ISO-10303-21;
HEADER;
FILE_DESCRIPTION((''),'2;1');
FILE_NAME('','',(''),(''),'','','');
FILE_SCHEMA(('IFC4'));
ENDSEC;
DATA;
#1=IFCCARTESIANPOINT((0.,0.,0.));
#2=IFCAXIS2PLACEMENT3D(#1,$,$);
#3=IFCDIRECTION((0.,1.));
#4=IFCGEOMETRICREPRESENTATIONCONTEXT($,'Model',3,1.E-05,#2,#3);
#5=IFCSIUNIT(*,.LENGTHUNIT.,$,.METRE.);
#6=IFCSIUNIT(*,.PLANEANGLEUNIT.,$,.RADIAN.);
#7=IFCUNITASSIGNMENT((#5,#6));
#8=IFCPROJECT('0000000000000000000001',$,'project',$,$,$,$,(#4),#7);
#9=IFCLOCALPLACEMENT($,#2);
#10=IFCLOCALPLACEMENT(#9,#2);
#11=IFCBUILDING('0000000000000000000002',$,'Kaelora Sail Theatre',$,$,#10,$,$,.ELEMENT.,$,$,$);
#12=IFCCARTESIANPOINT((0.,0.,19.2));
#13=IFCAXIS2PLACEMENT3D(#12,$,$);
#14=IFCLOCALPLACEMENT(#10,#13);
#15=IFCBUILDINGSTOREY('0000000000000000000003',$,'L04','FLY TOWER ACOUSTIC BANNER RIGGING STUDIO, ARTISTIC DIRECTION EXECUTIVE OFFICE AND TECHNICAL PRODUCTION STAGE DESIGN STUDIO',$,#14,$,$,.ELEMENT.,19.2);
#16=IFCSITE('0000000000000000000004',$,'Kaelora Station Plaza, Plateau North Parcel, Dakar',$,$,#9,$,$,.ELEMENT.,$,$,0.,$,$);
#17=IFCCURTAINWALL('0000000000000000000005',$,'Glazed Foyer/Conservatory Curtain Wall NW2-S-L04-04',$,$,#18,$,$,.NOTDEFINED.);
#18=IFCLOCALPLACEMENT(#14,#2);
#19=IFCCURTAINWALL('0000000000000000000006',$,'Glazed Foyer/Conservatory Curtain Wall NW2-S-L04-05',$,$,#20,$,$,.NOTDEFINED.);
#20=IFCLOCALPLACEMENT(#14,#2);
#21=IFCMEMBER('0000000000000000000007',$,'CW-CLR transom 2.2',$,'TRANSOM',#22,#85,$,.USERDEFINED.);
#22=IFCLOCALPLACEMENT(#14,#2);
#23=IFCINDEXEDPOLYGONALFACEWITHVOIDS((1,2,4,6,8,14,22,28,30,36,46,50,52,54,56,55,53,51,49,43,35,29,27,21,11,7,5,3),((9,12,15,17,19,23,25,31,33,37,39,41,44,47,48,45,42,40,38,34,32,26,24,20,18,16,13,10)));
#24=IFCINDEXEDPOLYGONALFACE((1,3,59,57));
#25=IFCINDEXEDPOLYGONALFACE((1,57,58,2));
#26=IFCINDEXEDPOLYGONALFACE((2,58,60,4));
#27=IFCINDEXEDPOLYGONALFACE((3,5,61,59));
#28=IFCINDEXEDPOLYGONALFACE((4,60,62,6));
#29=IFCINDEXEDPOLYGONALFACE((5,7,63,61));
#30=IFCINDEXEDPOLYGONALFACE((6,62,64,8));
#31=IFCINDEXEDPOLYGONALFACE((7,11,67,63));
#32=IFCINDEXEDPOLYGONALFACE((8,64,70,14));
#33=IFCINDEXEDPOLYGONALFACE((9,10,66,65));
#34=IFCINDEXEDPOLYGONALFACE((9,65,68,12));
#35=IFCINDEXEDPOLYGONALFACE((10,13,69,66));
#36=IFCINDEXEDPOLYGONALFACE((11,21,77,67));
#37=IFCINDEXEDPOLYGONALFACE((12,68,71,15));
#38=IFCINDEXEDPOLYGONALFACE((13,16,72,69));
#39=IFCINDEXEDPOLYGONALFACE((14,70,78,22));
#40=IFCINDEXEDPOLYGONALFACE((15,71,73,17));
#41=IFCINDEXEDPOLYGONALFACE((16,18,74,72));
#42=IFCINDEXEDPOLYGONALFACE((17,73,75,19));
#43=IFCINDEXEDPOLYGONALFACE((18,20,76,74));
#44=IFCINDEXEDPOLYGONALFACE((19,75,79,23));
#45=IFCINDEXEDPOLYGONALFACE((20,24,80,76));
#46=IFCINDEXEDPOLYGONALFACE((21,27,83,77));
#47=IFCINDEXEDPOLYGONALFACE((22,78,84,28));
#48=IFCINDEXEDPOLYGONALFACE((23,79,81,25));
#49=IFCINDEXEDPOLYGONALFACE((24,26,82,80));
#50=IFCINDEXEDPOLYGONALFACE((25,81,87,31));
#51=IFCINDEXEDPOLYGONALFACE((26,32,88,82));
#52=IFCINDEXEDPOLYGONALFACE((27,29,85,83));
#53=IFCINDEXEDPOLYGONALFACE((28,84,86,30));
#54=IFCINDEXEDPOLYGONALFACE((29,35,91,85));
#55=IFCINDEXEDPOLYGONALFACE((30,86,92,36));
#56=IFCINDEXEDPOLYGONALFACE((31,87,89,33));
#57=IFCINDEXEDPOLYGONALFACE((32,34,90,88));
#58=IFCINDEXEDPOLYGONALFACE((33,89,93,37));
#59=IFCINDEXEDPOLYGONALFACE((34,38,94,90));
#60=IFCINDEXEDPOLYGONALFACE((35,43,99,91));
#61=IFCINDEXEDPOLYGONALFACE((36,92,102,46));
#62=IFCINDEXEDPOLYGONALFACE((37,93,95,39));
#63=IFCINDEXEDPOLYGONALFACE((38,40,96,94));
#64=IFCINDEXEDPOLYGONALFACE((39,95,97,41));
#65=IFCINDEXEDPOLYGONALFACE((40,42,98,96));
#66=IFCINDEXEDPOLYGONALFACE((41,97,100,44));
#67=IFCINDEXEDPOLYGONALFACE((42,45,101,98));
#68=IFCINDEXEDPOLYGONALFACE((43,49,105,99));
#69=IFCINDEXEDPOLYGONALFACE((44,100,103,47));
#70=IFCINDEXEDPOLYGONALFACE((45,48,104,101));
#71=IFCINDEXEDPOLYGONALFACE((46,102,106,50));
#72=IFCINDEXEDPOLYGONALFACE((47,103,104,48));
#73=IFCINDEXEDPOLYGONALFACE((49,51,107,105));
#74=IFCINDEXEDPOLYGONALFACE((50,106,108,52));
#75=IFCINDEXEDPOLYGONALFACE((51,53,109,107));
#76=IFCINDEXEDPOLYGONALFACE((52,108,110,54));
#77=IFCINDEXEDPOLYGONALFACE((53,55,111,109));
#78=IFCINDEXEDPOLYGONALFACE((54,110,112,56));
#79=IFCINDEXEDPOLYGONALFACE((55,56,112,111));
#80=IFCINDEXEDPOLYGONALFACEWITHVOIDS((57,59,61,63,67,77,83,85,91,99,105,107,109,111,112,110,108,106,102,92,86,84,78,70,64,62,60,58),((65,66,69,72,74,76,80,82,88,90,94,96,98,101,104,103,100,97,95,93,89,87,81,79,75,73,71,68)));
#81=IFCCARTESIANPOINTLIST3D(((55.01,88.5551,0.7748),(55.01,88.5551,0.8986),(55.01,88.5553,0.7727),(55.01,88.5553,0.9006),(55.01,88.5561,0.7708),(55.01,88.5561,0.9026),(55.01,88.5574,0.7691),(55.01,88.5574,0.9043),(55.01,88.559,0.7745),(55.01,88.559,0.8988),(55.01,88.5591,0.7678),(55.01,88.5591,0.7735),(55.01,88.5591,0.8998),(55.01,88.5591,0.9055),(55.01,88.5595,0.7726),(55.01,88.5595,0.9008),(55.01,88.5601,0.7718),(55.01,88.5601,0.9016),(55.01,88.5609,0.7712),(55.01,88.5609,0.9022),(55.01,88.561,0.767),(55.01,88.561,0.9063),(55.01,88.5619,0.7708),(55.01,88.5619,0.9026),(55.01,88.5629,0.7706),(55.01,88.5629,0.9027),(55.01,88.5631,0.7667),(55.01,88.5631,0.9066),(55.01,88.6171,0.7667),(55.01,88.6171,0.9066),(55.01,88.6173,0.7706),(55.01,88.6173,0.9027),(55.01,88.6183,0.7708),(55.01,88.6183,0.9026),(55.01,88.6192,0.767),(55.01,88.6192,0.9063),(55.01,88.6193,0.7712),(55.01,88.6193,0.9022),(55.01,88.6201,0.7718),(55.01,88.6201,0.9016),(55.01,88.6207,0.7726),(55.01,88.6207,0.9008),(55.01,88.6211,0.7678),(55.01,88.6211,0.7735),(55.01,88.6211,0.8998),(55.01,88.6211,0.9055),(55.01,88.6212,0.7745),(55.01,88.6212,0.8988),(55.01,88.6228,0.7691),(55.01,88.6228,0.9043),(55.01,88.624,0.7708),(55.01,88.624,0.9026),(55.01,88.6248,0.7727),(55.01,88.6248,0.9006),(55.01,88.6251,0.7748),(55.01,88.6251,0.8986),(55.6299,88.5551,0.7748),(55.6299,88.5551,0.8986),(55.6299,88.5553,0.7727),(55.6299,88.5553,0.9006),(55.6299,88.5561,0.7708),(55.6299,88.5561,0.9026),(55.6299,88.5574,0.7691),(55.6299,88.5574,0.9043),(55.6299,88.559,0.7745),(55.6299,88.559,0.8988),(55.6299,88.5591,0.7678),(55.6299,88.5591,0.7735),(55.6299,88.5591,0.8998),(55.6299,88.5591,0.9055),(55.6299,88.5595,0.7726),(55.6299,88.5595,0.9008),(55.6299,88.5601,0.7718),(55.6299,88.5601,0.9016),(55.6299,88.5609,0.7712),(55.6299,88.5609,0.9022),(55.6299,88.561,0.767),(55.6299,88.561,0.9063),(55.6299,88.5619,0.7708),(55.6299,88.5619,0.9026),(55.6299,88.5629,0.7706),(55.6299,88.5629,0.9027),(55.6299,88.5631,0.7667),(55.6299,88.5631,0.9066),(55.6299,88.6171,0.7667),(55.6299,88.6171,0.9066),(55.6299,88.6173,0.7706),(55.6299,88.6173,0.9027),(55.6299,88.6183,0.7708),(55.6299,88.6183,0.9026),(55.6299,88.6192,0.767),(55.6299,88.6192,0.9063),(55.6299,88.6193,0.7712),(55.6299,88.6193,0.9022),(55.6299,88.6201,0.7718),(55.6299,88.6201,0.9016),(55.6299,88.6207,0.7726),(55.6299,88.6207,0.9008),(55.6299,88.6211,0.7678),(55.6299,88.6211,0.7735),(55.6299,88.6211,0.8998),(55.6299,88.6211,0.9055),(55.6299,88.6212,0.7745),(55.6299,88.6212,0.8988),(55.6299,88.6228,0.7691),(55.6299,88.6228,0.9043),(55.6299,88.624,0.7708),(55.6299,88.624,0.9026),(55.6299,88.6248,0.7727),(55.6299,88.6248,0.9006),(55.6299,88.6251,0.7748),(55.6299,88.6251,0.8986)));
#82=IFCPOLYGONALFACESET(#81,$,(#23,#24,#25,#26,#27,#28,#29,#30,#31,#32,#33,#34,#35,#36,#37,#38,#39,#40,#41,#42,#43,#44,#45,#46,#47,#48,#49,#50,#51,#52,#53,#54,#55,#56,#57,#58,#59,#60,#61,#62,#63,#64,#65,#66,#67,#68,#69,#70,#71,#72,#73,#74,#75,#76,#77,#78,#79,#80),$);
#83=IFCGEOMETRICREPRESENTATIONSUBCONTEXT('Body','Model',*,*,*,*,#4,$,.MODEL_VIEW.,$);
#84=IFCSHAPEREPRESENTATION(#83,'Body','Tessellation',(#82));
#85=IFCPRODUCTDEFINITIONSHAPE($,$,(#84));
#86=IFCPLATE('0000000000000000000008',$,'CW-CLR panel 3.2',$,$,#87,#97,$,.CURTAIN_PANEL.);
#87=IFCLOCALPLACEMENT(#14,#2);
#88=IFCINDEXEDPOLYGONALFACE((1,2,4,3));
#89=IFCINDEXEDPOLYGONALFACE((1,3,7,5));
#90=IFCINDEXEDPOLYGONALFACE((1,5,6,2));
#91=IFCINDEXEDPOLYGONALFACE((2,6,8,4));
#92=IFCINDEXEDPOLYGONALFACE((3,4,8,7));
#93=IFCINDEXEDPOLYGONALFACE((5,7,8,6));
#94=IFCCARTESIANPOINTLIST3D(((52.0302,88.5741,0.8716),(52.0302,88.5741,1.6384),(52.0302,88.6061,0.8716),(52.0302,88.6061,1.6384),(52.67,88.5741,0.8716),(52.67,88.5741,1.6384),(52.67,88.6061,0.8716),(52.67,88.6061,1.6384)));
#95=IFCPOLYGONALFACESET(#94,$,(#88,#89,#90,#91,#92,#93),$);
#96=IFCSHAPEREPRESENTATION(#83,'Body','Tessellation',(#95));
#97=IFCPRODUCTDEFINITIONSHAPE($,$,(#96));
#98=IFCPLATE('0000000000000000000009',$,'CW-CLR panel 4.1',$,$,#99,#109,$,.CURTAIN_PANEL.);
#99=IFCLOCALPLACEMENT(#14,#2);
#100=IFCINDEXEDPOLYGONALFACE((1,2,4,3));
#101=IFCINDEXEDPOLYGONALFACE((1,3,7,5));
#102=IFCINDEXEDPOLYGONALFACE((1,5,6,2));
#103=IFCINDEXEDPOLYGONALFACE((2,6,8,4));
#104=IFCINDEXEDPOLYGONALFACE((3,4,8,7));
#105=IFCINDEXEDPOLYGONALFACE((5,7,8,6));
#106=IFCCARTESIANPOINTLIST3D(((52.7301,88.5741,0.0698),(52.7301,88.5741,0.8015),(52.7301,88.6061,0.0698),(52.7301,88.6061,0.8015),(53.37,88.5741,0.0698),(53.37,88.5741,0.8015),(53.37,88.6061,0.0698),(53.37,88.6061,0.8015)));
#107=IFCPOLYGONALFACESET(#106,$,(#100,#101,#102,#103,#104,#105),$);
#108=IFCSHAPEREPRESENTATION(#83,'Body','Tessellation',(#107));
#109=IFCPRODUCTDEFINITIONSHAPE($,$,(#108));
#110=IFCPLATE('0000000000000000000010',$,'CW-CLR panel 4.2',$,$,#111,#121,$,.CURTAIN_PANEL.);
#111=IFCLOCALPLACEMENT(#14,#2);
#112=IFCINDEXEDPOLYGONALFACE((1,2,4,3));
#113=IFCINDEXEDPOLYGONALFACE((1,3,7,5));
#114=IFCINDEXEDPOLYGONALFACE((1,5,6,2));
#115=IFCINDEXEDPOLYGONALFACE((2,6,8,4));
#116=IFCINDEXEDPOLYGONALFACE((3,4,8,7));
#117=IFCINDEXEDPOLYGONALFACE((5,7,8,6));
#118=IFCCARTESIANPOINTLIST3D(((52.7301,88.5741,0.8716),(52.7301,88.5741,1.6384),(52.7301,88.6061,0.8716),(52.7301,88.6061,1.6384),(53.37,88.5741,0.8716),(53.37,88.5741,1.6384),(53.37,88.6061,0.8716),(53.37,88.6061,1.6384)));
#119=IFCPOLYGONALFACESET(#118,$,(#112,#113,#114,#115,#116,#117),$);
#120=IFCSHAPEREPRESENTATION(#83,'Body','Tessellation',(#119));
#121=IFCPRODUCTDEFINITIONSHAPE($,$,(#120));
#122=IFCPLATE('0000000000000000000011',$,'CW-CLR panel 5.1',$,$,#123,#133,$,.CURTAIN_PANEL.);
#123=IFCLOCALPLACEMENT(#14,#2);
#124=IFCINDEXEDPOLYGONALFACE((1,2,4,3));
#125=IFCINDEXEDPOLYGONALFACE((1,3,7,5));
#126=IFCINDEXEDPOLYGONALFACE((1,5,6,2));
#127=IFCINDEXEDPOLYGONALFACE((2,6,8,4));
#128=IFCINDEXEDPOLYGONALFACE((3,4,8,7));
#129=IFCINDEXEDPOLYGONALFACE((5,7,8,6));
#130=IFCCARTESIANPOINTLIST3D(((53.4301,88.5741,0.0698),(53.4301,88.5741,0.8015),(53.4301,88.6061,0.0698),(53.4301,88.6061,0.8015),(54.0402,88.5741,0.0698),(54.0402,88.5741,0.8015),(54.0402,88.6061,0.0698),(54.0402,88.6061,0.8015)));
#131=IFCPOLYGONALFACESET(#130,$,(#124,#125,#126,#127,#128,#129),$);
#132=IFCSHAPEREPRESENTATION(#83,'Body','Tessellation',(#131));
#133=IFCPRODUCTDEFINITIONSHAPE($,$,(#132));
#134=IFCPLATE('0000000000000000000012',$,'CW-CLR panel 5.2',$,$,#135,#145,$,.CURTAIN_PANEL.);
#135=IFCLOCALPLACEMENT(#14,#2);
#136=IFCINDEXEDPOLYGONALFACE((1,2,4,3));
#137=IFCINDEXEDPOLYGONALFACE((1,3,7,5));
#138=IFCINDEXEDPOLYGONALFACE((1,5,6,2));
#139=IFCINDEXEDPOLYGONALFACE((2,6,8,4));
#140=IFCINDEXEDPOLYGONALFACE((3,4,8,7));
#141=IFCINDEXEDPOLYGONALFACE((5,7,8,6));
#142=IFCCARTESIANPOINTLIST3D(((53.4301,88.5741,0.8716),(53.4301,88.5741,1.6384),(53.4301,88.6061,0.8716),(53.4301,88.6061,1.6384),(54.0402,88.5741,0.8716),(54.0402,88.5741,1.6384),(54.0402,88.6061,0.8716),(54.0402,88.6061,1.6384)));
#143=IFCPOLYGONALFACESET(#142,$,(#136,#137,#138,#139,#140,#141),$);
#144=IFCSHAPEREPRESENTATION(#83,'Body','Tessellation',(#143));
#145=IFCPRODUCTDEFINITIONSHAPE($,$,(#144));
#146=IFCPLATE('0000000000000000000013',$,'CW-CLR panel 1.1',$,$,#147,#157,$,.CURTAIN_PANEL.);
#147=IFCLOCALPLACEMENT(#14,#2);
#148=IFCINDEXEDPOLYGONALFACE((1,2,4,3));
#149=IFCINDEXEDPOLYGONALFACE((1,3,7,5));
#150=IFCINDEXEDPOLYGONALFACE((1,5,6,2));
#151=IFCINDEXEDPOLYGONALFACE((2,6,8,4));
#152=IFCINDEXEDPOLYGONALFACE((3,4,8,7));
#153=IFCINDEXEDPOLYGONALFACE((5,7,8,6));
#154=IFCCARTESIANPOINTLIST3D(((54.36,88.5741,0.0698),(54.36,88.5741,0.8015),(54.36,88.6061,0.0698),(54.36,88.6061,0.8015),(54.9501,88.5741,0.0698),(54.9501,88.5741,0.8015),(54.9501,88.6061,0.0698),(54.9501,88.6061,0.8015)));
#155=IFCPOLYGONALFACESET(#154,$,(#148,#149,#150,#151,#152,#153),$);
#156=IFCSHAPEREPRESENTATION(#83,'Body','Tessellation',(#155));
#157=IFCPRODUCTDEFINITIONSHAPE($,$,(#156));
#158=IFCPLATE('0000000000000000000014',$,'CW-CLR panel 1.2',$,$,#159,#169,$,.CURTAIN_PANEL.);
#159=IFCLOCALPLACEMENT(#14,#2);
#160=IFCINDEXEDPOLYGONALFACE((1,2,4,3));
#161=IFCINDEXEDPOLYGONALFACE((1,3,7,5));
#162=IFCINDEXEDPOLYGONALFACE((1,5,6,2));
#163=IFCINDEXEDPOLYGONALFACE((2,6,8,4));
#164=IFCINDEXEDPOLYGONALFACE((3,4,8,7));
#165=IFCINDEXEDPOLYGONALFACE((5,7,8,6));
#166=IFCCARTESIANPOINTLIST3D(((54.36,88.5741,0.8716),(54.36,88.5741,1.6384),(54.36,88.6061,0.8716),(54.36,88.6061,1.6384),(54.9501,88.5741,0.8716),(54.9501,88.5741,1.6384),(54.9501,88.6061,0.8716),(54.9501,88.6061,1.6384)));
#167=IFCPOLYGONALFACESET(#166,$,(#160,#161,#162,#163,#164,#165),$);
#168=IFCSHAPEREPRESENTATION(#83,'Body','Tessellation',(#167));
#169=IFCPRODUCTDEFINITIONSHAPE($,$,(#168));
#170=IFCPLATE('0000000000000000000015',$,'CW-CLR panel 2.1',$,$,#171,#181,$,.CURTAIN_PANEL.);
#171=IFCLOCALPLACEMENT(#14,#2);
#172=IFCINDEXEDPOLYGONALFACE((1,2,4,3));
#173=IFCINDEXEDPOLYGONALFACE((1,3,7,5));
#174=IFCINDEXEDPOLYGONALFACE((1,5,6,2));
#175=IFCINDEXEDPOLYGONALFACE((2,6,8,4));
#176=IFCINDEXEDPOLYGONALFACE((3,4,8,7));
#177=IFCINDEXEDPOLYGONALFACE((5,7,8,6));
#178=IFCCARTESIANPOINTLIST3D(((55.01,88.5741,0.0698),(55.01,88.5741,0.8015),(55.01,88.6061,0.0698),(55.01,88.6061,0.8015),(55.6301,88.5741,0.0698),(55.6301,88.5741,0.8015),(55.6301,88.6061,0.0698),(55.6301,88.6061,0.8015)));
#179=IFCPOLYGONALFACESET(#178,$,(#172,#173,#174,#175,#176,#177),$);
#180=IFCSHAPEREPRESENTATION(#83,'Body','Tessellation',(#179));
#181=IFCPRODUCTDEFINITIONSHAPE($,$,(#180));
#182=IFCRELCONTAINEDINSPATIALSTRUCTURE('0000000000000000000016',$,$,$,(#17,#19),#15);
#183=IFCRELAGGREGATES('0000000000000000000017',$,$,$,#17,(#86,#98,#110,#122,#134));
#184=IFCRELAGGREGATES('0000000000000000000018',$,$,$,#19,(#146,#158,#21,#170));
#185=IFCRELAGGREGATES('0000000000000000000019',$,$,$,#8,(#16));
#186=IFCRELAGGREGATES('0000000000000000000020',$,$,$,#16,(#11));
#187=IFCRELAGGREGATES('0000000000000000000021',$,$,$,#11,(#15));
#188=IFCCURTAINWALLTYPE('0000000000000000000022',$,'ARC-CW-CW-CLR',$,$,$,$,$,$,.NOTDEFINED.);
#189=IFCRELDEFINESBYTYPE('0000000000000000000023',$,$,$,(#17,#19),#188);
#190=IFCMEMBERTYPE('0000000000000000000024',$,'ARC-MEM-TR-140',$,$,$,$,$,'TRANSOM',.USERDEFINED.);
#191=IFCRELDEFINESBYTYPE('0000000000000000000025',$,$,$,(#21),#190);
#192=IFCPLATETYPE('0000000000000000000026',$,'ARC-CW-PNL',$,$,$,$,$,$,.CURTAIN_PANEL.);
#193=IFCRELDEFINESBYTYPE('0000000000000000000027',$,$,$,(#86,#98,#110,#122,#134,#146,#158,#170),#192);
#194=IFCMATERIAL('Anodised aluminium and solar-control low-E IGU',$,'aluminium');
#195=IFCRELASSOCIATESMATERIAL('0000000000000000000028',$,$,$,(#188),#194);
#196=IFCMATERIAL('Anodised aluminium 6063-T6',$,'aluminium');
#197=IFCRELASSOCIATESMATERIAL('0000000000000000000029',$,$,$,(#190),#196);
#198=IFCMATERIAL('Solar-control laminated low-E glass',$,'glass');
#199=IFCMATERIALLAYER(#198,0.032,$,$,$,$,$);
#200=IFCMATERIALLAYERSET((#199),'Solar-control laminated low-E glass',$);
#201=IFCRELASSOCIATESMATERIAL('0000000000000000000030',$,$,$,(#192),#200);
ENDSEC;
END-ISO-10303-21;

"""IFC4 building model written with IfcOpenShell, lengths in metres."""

from ifc_helpers import new_model, si_unit, direction, frame, origin, origin_2d, place, context, subcontext, project, spatial, rectangle, hollow_rectangle, extrude, material, layer, layer_set, material_profile, profile_set, type_object, element, aggregate, save


model = new_model("IFC4")

# Units and contexts
model_context = context("Model", 3, precision=1e-05, world=origin(), true_north=direction((0.0, 1.0)))
body_context = subcontext(model_context, "Body", "Model", "MODEL_VIEW")
ifc_project = project(units=[si_unit("LENGTHUNIT", "METRE"), si_unit("PLANEANGLEUNIT", "RADIAN")], contexts=[model_context])

# Site, building, storey
site_placement = place(None, origin())
site = spatial("IfcSite", under=ifc_project, at=site_placement, Name="Kaelora Station Plaza, Plateau North Parcel, Dakar", CompositionType="ELEMENT", RefElevation=0.0)
building_placement = place(site_placement, origin())
building = spatial("IfcBuilding", under=site, at=building_placement, Name="Kaelora Sail Theatre", CompositionType="ELEMENT")
storey_placement = place(building_placement, frame((0.0, 0.0, 19.2)))
storey = spatial("IfcBuildingStorey", under=building, at=storey_placement, Name="L04", Description="FLY TOWER ACOUSTIC BANNER RIGGING STUDIO, ARTISTIC DIRECTION EXECUTIVE OFFICE AND TECHNICAL PRODUCTION STAGE DESIGN STUDIO", CompositionType="ELEMENT", Elevation=19.2)

# Curtain walls
ifc_material_1 = material(Name="Anodised aluminium and solar-control low-E IGU", Category="aluminium")
curtain_wall_type = type_object("IfcCurtainWallType", Name="ARC-CW-CW-CLR", PredefinedType="NOTDEFINED", material=ifc_material_1)
curtain_wall_1_placement = place(storey_placement, origin())
curtain_wall_1 = element("IfcCurtainWall", 1, at=curtain_wall_1_placement, inside=storey, type_object=curtain_wall_type, Name="Glazed Foyer/Conservatory Curtain Wall NW2-S-L04-04", PredefinedType="NOTDEFINED")
curtain_wall_2_placement = place(storey_placement, origin())
curtain_wall_2 = element("IfcCurtainWall", 2, at=curtain_wall_2_placement, inside=storey, type_object=curtain_wall_type, Name="Glazed Foyer/Conservatory Curtain Wall NW2-S-L04-05", PredefinedType="NOTDEFINED")

# Member
ifc_material_2 = material(Name="Anodised aluminium 6063-T6", Category="aluminium")
ifc_material_profile_1 = material_profile(ifc_material_2, hollow_rectangle(XDim=0.0701, YDim=0.1399, WallThickness=0.0039, InnerFilletRadius=0.0039, OuterFilletRadius=0.0081, at=origin_2d()), Name="ALU-TRAN 70x140x4")
ifc_profile_set_1 = profile_set([ifc_material_profile_1], Name="Anodised aluminium 6063-T6")
member_type_1 = type_object("IfcMemberType", Name="ARC-MEM-TR-140", ElementType="TRANSOM", PredefinedType="USERDEFINED", material=ifc_profile_set_1)
member_1_placement = place(storey_placement, frame((55.01, 88.5901, 0.8367), z_axis=(1.0, 0.0, 0.0), x_axis=(0.0, 1.0, 0.0)))
member_1 = element("IfcMember", 3, at=member_1_placement, type_object=member_type_1, Name="CW-CLR transom 2.2", ObjectType="TRANSOM", PredefinedType="USERDEFINED", context=body_context, shape_type="SweptSolid", body=[
    extrude(hollow_rectangle(XDim=0.0701, YDim=0.1399, WallThickness=0.0039, InnerFilletRadius=0.0039, OuterFilletRadius=0.0081, at=origin_2d()), origin(), (0.0, 0.0, 1.0), 0.6199),
])

# Plates
ifc_material_3 = material(Name="Solar-control laminated low-E glass", Category="glass")
ifc_layer = layer(ifc_material_3, 0.032)
ifc_layer_set = layer_set([ifc_layer], Name="Solar-control laminated low-E glass")
plate_type = type_object("IfcPlateType", Name="ARC-CW-PNL", PredefinedType="CURTAIN_PANEL", material=ifc_layer_set)
plate_1_placement = place(storey_placement, frame((52.3501, 88.5901, 0.8716), z_axis=(0.0, 0.0, 1.0), x_axis=(1.0, 0.0, 0.0)))
plate_1 = element("IfcPlate", 4, at=plate_1_placement, type_object=plate_type, Name="CW-CLR panel 3.2", PredefinedType="CURTAIN_PANEL", context=body_context, shape_type="SweptSolid", body=[
    extrude(rectangle(XDim=0.6399, YDim=0.032, at=origin_2d()), origin(), (0.0, 0.0, 1.0), 0.7668),
])
plate_2_placement = place(storey_placement, frame((53.05, 88.5901, 0.0698), z_axis=(0.0, 0.0, 1.0), x_axis=(1.0, 0.0, 0.0)))
plate_2 = element("IfcPlate", 5, at=plate_2_placement, type_object=plate_type, Name="CW-CLR panel 4.1", PredefinedType="CURTAIN_PANEL", context=body_context, shape_type="SweptSolid", body=[
    extrude(rectangle(XDim=0.6399, YDim=0.032, at=origin_2d()), origin(), (0.0, 0.0, 1.0), 0.7317),
])
plate_3_placement = place(storey_placement, frame((53.05, 88.5901, 0.8716), z_axis=(0.0, 0.0, 1.0), x_axis=(1.0, 0.0, 0.0)))
plate_3 = element("IfcPlate", 6, at=plate_3_placement, type_object=plate_type, Name="CW-CLR panel 4.2", PredefinedType="CURTAIN_PANEL", context=body_context, shape_type="SweptSolid", body=[
    extrude(rectangle(XDim=0.6399, YDim=0.032, at=origin_2d()), origin(), (0.0, 0.0, 1.0), 0.7668),
])
plate_4_placement = place(storey_placement, frame((53.7351, 88.5901, 0.0698), z_axis=(0.0, 0.0, 1.0), x_axis=(1.0, 0.0, 0.0)))
plate_4 = element("IfcPlate", 7, at=plate_4_placement, type_object=plate_type, Name="CW-CLR panel 5.1", PredefinedType="CURTAIN_PANEL", context=body_context, shape_type="SweptSolid", body=[
    extrude(rectangle(XDim=0.6101, YDim=0.032, at=origin_2d()), origin(), (0.0, 0.0, 1.0), 0.7317),
])
plate_5_placement = place(storey_placement, frame((53.7351, 88.5901, 0.8716), z_axis=(0.0, 0.0, 1.0), x_axis=(1.0, 0.0, 0.0)))
plate_5 = element("IfcPlate", 8, at=plate_5_placement, type_object=plate_type, Name="CW-CLR panel 5.2", PredefinedType="CURTAIN_PANEL", context=body_context, shape_type="SweptSolid", body=[
    extrude(rectangle(XDim=0.6101, YDim=0.032, at=origin_2d()), origin(), (0.0, 0.0, 1.0), 0.7668),
])
aggregate(curtain_wall_1, [plate_1, plate_2, plate_3, plate_4, plate_5])
plate_6_placement = place(storey_placement, frame((54.655, 88.5901, 0.0698), z_axis=(0.0, 0.0, 1.0), x_axis=(1.0, 0.0, 0.0)))
plate_6 = element("IfcPlate", 9, at=plate_6_placement, type_object=plate_type, Name="CW-CLR panel 1.1", PredefinedType="CURTAIN_PANEL", context=body_context, shape_type="SweptSolid", body=[
    extrude(rectangle(XDim=0.5901, YDim=0.032, at=origin_2d()), origin(), (0.0, 0.0, 1.0), 0.7317),
])
plate_7_placement = place(storey_placement, frame((54.655, 88.5901, 0.8716), z_axis=(0.0, 0.0, 1.0), x_axis=(1.0, 0.0, 0.0)))
plate_7 = element("IfcPlate", 10, at=plate_7_placement, type_object=plate_type, Name="CW-CLR panel 1.2", PredefinedType="CURTAIN_PANEL", context=body_context, shape_type="SweptSolid", body=[
    extrude(rectangle(XDim=0.5901, YDim=0.032, at=origin_2d()), origin(), (0.0, 0.0, 1.0), 0.7668),
])
plate_8_placement = place(storey_placement, frame((55.3201, 88.5901, 0.0698), z_axis=(0.0, 0.0, 1.0), x_axis=(1.0, 0.0, 0.0)))
plate_8 = element("IfcPlate", 11, at=plate_8_placement, type_object=plate_type, Name="CW-CLR panel 2.1", PredefinedType="CURTAIN_PANEL", context=body_context, shape_type="SweptSolid", body=[
    extrude(rectangle(XDim=0.6201, YDim=0.032, at=origin_2d()), origin(), (0.0, 0.0, 1.0), 0.7317),
])
aggregate(curtain_wall_2, [plate_6, plate_7, member_1, plate_8])

save(model, "model.ifc")
